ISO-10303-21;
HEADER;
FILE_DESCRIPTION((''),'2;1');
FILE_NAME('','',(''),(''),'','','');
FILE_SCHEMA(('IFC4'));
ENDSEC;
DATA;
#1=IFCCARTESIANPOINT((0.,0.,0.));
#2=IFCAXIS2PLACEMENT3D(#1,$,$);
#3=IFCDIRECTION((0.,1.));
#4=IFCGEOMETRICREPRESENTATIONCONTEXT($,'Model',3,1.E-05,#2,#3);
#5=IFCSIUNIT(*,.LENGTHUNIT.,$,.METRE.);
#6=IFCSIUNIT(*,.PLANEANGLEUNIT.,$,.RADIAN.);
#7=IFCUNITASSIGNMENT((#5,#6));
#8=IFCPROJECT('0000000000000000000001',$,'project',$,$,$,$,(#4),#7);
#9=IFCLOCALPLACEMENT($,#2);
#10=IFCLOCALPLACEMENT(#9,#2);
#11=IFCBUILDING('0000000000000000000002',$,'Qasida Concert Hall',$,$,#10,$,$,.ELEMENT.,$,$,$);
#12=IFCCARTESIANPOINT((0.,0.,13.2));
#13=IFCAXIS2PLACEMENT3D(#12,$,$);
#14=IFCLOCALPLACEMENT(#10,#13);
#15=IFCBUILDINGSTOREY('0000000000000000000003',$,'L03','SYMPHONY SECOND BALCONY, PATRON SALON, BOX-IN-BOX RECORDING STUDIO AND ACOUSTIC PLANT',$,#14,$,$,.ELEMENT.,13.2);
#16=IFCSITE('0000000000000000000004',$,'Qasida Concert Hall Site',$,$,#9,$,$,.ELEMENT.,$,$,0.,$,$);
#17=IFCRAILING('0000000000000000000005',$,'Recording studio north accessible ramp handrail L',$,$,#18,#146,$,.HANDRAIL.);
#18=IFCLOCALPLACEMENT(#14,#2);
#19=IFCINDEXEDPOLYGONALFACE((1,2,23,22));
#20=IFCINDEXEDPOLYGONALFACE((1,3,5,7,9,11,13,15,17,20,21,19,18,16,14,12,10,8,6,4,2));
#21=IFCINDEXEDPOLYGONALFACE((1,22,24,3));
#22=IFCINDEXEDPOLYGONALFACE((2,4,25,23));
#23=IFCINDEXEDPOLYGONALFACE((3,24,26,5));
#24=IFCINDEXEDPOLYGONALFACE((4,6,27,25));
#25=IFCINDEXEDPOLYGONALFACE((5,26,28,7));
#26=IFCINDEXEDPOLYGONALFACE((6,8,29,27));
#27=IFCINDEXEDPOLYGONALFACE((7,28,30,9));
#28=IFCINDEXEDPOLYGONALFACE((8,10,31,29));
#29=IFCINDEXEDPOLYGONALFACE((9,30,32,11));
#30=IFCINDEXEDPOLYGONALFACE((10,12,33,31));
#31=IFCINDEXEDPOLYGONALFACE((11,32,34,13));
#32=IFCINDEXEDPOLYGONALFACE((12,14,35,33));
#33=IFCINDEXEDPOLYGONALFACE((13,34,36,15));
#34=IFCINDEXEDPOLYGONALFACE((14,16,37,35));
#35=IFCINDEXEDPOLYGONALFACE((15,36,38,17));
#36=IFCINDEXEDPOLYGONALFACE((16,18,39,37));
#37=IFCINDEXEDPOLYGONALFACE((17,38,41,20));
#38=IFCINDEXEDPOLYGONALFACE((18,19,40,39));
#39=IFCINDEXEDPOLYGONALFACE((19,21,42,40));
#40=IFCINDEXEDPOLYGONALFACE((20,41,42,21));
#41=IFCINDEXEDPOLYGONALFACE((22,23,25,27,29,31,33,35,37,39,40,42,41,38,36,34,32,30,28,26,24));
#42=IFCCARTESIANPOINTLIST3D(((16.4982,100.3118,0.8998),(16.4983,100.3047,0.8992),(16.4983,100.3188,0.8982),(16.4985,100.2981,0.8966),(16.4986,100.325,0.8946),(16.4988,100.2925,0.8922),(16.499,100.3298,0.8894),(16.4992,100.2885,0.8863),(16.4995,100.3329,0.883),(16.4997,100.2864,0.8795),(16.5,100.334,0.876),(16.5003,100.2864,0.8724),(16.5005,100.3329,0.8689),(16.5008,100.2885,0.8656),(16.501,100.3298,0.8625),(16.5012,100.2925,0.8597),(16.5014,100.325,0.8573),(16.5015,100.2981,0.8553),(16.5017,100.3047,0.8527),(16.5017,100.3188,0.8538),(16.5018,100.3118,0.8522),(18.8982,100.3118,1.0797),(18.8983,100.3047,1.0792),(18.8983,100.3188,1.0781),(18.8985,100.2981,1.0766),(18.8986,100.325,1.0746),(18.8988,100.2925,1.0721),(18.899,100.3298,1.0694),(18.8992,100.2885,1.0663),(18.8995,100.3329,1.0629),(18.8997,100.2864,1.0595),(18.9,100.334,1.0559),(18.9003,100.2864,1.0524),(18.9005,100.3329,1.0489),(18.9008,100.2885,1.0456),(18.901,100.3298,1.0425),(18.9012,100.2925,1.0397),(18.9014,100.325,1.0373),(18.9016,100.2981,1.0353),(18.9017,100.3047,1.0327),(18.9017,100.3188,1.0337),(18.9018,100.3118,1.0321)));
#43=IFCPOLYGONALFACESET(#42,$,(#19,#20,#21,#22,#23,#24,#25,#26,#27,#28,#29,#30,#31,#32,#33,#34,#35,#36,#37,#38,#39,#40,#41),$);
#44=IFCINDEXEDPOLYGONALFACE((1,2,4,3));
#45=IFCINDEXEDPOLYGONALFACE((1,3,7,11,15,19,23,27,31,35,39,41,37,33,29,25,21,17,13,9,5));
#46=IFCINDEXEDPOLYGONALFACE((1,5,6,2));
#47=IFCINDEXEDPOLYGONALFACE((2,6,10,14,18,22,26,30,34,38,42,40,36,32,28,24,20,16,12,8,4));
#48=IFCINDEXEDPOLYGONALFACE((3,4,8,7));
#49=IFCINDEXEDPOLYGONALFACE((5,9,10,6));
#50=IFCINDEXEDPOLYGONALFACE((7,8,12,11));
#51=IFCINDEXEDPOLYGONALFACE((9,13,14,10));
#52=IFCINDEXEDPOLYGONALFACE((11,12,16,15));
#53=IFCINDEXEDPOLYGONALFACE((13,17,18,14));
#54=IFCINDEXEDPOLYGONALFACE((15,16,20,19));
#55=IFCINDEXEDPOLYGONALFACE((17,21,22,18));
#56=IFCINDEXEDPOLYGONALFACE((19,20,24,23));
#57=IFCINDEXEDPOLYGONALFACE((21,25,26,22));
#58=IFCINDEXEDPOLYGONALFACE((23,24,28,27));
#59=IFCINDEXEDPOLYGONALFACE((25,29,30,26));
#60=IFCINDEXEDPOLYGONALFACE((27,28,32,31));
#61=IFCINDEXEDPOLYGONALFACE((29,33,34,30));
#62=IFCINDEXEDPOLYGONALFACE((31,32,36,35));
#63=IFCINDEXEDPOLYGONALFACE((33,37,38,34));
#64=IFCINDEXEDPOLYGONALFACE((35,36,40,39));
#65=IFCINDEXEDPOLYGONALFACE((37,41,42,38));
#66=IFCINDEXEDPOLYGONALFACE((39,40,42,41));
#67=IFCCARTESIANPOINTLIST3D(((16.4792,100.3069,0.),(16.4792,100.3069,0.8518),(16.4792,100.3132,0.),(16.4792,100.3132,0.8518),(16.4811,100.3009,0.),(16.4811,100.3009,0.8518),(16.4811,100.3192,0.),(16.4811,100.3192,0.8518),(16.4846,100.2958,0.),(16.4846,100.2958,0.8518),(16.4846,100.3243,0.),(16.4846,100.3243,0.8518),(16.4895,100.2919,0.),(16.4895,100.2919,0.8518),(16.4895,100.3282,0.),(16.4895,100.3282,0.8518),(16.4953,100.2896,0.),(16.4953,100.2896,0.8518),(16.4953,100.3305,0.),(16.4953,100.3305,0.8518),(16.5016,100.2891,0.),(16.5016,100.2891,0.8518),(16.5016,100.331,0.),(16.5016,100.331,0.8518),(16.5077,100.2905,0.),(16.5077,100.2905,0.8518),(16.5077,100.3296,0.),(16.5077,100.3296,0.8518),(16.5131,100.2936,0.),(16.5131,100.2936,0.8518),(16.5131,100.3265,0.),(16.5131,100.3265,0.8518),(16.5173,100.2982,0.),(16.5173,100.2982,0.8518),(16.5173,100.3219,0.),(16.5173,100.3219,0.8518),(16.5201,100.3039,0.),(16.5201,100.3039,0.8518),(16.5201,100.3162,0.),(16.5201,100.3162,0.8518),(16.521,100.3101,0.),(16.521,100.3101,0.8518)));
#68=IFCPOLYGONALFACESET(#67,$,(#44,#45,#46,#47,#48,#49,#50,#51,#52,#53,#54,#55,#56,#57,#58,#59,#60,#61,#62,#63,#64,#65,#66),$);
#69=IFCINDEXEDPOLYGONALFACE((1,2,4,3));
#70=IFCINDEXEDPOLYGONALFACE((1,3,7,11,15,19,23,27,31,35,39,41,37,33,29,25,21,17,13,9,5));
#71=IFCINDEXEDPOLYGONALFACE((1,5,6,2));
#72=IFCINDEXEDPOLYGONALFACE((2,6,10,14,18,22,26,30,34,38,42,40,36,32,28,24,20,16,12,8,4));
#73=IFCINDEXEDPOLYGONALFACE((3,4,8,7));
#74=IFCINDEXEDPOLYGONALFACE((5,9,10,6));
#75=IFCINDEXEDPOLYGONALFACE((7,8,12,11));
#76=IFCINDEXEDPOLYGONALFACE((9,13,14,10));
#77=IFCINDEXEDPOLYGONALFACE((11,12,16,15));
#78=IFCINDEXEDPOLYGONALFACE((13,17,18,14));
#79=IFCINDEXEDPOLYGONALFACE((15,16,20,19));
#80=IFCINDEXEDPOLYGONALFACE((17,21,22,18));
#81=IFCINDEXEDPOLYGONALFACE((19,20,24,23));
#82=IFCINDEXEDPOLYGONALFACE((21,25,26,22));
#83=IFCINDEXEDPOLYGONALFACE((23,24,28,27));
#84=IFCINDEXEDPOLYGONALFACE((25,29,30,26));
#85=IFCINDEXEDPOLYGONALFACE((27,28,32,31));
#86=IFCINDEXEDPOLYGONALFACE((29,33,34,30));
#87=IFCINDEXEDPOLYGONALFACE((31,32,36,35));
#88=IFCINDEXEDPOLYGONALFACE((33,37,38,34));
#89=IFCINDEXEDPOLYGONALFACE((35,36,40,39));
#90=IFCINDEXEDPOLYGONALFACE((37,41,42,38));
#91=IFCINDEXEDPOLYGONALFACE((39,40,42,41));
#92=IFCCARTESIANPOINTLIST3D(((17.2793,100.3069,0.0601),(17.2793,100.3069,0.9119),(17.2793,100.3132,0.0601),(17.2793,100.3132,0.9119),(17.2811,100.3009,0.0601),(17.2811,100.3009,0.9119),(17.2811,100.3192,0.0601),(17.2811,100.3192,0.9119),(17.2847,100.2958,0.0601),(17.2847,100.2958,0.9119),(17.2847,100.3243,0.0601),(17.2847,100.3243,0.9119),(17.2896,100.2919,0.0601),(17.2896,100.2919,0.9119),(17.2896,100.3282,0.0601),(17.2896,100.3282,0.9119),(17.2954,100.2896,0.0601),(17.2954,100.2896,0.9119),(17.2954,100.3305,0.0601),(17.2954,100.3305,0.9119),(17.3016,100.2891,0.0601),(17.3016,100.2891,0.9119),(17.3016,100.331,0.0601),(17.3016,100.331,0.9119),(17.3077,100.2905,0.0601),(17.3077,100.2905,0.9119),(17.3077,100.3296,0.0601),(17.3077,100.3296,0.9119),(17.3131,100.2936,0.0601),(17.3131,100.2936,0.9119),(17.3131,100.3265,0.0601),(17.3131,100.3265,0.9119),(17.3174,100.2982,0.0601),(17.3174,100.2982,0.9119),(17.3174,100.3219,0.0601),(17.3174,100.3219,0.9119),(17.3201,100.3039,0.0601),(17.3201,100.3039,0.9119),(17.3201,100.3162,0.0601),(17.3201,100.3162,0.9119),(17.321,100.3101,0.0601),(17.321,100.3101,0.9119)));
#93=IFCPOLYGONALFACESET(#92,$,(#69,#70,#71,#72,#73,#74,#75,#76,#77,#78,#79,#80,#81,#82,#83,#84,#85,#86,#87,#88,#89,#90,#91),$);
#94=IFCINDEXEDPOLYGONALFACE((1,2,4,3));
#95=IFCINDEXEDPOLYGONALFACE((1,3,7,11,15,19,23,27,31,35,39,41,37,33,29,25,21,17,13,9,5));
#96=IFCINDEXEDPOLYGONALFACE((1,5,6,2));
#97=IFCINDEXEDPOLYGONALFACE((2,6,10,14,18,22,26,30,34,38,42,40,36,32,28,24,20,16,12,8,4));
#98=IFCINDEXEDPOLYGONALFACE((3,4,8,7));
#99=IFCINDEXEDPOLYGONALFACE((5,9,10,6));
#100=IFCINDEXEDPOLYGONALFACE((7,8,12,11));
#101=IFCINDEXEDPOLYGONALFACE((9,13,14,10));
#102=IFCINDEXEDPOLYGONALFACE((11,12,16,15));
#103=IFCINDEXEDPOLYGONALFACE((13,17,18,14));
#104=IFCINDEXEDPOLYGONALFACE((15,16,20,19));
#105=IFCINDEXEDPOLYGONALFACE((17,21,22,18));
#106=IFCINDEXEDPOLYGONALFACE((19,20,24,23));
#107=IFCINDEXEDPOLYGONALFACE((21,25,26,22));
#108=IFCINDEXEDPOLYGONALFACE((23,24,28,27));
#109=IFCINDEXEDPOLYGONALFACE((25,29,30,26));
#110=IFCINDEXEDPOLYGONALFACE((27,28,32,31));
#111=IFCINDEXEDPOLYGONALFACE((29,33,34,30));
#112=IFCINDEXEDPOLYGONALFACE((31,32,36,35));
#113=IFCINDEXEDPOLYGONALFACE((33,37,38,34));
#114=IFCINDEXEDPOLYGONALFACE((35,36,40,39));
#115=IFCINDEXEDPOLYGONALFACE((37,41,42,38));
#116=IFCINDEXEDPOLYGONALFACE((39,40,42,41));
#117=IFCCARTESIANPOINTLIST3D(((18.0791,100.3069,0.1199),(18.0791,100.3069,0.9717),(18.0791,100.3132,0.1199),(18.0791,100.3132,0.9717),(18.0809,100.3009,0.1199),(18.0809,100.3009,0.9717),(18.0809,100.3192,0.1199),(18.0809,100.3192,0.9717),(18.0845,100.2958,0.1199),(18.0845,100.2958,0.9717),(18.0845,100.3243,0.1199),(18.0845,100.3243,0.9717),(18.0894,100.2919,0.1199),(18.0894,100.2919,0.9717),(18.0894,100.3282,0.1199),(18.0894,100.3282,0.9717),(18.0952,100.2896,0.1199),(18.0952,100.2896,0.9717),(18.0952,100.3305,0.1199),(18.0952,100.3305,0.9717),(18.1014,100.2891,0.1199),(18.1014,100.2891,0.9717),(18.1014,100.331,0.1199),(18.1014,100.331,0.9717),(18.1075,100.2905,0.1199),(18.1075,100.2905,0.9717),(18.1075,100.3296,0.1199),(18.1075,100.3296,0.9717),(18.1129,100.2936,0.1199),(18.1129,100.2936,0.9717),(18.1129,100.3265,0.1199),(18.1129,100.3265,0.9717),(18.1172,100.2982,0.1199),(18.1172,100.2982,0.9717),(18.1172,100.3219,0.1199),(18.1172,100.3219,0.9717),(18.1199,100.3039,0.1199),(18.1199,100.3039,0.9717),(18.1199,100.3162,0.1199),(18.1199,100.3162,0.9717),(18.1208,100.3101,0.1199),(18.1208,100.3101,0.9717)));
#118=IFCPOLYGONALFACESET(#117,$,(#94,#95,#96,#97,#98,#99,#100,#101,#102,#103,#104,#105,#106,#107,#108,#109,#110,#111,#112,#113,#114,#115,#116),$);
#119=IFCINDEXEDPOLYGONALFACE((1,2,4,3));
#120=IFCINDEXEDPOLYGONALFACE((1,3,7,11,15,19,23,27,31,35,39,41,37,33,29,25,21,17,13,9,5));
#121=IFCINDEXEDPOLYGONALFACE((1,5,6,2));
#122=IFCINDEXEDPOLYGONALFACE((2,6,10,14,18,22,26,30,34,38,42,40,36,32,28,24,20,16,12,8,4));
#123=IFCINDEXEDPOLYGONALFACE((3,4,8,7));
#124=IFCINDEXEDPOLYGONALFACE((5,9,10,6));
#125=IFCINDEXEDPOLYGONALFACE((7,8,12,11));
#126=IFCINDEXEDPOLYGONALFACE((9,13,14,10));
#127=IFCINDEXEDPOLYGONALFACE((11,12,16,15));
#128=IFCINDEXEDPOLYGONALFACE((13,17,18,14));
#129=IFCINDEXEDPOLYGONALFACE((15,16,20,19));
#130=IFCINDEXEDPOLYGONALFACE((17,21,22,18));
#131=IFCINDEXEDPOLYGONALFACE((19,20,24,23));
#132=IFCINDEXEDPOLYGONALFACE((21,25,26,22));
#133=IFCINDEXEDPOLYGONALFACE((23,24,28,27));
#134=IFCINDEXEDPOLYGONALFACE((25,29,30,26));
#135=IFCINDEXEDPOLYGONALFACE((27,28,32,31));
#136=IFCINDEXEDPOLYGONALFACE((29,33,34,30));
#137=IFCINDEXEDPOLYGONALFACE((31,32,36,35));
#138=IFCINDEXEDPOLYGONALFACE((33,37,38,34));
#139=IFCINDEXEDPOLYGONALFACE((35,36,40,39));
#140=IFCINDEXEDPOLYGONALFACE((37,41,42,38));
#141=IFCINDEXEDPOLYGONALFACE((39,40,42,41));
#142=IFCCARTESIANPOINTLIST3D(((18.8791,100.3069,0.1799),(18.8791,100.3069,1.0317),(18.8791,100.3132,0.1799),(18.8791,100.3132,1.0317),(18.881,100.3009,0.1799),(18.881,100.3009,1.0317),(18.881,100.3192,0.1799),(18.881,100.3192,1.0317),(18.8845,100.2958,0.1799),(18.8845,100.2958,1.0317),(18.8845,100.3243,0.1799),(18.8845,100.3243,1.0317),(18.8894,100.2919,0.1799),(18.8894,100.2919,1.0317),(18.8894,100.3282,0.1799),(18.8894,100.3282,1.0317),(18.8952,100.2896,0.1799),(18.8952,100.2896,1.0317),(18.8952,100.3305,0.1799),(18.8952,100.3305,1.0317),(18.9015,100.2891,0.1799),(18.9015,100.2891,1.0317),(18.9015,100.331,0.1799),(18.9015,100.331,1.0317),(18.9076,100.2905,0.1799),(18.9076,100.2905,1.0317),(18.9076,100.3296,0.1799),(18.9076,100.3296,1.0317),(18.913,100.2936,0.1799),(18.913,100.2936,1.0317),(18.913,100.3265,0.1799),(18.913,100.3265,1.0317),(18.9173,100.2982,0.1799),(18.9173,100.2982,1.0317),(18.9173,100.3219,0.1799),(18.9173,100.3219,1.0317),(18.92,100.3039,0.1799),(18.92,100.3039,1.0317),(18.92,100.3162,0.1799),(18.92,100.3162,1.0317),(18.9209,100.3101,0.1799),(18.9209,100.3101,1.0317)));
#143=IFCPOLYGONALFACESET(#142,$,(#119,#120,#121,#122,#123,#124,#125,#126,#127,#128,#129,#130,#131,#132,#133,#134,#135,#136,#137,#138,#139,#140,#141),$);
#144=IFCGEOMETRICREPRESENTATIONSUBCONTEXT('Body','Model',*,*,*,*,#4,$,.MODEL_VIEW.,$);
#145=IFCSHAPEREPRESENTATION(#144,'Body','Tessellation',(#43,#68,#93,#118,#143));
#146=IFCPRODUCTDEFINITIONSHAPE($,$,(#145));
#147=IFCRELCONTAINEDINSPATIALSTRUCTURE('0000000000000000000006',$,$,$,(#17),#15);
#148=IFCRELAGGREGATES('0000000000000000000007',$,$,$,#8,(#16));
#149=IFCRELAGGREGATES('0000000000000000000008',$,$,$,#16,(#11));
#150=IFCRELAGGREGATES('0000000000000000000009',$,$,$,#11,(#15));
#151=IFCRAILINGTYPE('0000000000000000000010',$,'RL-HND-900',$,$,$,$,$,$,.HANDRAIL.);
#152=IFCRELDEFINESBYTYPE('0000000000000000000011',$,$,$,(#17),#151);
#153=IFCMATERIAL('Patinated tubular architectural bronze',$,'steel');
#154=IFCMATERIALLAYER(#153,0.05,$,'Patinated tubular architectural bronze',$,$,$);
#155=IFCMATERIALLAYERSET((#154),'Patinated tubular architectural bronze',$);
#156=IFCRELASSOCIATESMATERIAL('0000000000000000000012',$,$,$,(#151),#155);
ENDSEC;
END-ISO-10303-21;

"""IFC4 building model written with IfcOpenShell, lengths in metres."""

from ifc_helpers import new_model, si_unit, direction, frame, origin, origin_2d, place, context, subcontext, project, spatial, circle, extrude, material, layer, layer_set, type_object, element, save


model = new_model("IFC4")

# Units and contexts
model_context = context("Model", 3, precision=1e-05, world=origin(), true_north=direction((0.0, 1.0)))
body_context = subcontext(model_context, "Body", "Model", "MODEL_VIEW")
ifc_project = project(units=[si_unit("LENGTHUNIT", "METRE"), si_unit("PLANEANGLEUNIT", "RADIAN")], contexts=[model_context])

# Site, building, storey
site_placement = place(None, origin())
site = spatial("IfcSite", under=ifc_project, at=site_placement, Name="Qasida Concert Hall Site", CompositionType="ELEMENT", RefElevation=0.0)
building_placement = place(site_placement, origin())
building = spatial("IfcBuilding", under=site, at=building_placement, Name="Qasida Concert Hall", CompositionType="ELEMENT")
storey_placement = place(building_placement, frame((0.0, 0.0, 13.2)))
storey = spatial("IfcBuildingStorey", under=building, at=storey_placement, Name="L03", Description="SYMPHONY SECOND BALCONY, PATRON SALON, BOX-IN-BOX RECORDING STUDIO AND ACOUSTIC PLANT", CompositionType="ELEMENT", Elevation=13.2)

# Railing
ifc_material_1 = material(Name="Patinated tubular architectural bronze", Category="steel")
ifc_layer_1 = layer(ifc_material_1, 0.05, Name="Patinated tubular architectural bronze")
ifc_layer_set_1 = layer_set([ifc_layer_1], Name="Patinated tubular architectural bronze")
railing_type_1 = type_object("IfcRailingType", Name="RL-HND-900", PredefinedType="HANDRAIL", material=ifc_layer_set_1)
for number, where, name in (
    (1, (16.5, 100.3101, 0.0), "Recording studio north accessible ramp handrail L"),
):
    element("IfcRailing", number, at=place(storey_placement, frame(where)), inside=storey, type_object=railing_type_1, Name=name, PredefinedType="HANDRAIL", context=body_context, shape_type="SweptSolid", body=[
        extrude(circle(Radius=0.0239, at=origin_2d()), frame((0.0, 0.0, 0.876), z_axis=(0.997201, 0.0, 0.074765), x_axis=(0.0, 1.0, 0.0)), (0.0, 0.0, 1.0), 2.4067),
        extrude(circle(Radius=0.021, at=origin_2d()), origin(), (0.0, 0.0, 1.0), 0.8518),
        extrude(circle(Radius=0.021, at=origin_2d()), frame((0.8, 0.0, 0.0601)), (0.0, 0.0, 1.0), 0.8518),
        extrude(circle(Radius=0.021, at=origin_2d()), frame((1.5999, 0.0, 0.1199)), (0.0, 0.0, 1.0), 0.8518),
        extrude(circle(Radius=0.021, at=origin_2d()), frame((2.3999, 0.0, 0.1799)), (0.0, 0.0, 1.0), 0.8518),
    ])

save(model, "model.ifc")
